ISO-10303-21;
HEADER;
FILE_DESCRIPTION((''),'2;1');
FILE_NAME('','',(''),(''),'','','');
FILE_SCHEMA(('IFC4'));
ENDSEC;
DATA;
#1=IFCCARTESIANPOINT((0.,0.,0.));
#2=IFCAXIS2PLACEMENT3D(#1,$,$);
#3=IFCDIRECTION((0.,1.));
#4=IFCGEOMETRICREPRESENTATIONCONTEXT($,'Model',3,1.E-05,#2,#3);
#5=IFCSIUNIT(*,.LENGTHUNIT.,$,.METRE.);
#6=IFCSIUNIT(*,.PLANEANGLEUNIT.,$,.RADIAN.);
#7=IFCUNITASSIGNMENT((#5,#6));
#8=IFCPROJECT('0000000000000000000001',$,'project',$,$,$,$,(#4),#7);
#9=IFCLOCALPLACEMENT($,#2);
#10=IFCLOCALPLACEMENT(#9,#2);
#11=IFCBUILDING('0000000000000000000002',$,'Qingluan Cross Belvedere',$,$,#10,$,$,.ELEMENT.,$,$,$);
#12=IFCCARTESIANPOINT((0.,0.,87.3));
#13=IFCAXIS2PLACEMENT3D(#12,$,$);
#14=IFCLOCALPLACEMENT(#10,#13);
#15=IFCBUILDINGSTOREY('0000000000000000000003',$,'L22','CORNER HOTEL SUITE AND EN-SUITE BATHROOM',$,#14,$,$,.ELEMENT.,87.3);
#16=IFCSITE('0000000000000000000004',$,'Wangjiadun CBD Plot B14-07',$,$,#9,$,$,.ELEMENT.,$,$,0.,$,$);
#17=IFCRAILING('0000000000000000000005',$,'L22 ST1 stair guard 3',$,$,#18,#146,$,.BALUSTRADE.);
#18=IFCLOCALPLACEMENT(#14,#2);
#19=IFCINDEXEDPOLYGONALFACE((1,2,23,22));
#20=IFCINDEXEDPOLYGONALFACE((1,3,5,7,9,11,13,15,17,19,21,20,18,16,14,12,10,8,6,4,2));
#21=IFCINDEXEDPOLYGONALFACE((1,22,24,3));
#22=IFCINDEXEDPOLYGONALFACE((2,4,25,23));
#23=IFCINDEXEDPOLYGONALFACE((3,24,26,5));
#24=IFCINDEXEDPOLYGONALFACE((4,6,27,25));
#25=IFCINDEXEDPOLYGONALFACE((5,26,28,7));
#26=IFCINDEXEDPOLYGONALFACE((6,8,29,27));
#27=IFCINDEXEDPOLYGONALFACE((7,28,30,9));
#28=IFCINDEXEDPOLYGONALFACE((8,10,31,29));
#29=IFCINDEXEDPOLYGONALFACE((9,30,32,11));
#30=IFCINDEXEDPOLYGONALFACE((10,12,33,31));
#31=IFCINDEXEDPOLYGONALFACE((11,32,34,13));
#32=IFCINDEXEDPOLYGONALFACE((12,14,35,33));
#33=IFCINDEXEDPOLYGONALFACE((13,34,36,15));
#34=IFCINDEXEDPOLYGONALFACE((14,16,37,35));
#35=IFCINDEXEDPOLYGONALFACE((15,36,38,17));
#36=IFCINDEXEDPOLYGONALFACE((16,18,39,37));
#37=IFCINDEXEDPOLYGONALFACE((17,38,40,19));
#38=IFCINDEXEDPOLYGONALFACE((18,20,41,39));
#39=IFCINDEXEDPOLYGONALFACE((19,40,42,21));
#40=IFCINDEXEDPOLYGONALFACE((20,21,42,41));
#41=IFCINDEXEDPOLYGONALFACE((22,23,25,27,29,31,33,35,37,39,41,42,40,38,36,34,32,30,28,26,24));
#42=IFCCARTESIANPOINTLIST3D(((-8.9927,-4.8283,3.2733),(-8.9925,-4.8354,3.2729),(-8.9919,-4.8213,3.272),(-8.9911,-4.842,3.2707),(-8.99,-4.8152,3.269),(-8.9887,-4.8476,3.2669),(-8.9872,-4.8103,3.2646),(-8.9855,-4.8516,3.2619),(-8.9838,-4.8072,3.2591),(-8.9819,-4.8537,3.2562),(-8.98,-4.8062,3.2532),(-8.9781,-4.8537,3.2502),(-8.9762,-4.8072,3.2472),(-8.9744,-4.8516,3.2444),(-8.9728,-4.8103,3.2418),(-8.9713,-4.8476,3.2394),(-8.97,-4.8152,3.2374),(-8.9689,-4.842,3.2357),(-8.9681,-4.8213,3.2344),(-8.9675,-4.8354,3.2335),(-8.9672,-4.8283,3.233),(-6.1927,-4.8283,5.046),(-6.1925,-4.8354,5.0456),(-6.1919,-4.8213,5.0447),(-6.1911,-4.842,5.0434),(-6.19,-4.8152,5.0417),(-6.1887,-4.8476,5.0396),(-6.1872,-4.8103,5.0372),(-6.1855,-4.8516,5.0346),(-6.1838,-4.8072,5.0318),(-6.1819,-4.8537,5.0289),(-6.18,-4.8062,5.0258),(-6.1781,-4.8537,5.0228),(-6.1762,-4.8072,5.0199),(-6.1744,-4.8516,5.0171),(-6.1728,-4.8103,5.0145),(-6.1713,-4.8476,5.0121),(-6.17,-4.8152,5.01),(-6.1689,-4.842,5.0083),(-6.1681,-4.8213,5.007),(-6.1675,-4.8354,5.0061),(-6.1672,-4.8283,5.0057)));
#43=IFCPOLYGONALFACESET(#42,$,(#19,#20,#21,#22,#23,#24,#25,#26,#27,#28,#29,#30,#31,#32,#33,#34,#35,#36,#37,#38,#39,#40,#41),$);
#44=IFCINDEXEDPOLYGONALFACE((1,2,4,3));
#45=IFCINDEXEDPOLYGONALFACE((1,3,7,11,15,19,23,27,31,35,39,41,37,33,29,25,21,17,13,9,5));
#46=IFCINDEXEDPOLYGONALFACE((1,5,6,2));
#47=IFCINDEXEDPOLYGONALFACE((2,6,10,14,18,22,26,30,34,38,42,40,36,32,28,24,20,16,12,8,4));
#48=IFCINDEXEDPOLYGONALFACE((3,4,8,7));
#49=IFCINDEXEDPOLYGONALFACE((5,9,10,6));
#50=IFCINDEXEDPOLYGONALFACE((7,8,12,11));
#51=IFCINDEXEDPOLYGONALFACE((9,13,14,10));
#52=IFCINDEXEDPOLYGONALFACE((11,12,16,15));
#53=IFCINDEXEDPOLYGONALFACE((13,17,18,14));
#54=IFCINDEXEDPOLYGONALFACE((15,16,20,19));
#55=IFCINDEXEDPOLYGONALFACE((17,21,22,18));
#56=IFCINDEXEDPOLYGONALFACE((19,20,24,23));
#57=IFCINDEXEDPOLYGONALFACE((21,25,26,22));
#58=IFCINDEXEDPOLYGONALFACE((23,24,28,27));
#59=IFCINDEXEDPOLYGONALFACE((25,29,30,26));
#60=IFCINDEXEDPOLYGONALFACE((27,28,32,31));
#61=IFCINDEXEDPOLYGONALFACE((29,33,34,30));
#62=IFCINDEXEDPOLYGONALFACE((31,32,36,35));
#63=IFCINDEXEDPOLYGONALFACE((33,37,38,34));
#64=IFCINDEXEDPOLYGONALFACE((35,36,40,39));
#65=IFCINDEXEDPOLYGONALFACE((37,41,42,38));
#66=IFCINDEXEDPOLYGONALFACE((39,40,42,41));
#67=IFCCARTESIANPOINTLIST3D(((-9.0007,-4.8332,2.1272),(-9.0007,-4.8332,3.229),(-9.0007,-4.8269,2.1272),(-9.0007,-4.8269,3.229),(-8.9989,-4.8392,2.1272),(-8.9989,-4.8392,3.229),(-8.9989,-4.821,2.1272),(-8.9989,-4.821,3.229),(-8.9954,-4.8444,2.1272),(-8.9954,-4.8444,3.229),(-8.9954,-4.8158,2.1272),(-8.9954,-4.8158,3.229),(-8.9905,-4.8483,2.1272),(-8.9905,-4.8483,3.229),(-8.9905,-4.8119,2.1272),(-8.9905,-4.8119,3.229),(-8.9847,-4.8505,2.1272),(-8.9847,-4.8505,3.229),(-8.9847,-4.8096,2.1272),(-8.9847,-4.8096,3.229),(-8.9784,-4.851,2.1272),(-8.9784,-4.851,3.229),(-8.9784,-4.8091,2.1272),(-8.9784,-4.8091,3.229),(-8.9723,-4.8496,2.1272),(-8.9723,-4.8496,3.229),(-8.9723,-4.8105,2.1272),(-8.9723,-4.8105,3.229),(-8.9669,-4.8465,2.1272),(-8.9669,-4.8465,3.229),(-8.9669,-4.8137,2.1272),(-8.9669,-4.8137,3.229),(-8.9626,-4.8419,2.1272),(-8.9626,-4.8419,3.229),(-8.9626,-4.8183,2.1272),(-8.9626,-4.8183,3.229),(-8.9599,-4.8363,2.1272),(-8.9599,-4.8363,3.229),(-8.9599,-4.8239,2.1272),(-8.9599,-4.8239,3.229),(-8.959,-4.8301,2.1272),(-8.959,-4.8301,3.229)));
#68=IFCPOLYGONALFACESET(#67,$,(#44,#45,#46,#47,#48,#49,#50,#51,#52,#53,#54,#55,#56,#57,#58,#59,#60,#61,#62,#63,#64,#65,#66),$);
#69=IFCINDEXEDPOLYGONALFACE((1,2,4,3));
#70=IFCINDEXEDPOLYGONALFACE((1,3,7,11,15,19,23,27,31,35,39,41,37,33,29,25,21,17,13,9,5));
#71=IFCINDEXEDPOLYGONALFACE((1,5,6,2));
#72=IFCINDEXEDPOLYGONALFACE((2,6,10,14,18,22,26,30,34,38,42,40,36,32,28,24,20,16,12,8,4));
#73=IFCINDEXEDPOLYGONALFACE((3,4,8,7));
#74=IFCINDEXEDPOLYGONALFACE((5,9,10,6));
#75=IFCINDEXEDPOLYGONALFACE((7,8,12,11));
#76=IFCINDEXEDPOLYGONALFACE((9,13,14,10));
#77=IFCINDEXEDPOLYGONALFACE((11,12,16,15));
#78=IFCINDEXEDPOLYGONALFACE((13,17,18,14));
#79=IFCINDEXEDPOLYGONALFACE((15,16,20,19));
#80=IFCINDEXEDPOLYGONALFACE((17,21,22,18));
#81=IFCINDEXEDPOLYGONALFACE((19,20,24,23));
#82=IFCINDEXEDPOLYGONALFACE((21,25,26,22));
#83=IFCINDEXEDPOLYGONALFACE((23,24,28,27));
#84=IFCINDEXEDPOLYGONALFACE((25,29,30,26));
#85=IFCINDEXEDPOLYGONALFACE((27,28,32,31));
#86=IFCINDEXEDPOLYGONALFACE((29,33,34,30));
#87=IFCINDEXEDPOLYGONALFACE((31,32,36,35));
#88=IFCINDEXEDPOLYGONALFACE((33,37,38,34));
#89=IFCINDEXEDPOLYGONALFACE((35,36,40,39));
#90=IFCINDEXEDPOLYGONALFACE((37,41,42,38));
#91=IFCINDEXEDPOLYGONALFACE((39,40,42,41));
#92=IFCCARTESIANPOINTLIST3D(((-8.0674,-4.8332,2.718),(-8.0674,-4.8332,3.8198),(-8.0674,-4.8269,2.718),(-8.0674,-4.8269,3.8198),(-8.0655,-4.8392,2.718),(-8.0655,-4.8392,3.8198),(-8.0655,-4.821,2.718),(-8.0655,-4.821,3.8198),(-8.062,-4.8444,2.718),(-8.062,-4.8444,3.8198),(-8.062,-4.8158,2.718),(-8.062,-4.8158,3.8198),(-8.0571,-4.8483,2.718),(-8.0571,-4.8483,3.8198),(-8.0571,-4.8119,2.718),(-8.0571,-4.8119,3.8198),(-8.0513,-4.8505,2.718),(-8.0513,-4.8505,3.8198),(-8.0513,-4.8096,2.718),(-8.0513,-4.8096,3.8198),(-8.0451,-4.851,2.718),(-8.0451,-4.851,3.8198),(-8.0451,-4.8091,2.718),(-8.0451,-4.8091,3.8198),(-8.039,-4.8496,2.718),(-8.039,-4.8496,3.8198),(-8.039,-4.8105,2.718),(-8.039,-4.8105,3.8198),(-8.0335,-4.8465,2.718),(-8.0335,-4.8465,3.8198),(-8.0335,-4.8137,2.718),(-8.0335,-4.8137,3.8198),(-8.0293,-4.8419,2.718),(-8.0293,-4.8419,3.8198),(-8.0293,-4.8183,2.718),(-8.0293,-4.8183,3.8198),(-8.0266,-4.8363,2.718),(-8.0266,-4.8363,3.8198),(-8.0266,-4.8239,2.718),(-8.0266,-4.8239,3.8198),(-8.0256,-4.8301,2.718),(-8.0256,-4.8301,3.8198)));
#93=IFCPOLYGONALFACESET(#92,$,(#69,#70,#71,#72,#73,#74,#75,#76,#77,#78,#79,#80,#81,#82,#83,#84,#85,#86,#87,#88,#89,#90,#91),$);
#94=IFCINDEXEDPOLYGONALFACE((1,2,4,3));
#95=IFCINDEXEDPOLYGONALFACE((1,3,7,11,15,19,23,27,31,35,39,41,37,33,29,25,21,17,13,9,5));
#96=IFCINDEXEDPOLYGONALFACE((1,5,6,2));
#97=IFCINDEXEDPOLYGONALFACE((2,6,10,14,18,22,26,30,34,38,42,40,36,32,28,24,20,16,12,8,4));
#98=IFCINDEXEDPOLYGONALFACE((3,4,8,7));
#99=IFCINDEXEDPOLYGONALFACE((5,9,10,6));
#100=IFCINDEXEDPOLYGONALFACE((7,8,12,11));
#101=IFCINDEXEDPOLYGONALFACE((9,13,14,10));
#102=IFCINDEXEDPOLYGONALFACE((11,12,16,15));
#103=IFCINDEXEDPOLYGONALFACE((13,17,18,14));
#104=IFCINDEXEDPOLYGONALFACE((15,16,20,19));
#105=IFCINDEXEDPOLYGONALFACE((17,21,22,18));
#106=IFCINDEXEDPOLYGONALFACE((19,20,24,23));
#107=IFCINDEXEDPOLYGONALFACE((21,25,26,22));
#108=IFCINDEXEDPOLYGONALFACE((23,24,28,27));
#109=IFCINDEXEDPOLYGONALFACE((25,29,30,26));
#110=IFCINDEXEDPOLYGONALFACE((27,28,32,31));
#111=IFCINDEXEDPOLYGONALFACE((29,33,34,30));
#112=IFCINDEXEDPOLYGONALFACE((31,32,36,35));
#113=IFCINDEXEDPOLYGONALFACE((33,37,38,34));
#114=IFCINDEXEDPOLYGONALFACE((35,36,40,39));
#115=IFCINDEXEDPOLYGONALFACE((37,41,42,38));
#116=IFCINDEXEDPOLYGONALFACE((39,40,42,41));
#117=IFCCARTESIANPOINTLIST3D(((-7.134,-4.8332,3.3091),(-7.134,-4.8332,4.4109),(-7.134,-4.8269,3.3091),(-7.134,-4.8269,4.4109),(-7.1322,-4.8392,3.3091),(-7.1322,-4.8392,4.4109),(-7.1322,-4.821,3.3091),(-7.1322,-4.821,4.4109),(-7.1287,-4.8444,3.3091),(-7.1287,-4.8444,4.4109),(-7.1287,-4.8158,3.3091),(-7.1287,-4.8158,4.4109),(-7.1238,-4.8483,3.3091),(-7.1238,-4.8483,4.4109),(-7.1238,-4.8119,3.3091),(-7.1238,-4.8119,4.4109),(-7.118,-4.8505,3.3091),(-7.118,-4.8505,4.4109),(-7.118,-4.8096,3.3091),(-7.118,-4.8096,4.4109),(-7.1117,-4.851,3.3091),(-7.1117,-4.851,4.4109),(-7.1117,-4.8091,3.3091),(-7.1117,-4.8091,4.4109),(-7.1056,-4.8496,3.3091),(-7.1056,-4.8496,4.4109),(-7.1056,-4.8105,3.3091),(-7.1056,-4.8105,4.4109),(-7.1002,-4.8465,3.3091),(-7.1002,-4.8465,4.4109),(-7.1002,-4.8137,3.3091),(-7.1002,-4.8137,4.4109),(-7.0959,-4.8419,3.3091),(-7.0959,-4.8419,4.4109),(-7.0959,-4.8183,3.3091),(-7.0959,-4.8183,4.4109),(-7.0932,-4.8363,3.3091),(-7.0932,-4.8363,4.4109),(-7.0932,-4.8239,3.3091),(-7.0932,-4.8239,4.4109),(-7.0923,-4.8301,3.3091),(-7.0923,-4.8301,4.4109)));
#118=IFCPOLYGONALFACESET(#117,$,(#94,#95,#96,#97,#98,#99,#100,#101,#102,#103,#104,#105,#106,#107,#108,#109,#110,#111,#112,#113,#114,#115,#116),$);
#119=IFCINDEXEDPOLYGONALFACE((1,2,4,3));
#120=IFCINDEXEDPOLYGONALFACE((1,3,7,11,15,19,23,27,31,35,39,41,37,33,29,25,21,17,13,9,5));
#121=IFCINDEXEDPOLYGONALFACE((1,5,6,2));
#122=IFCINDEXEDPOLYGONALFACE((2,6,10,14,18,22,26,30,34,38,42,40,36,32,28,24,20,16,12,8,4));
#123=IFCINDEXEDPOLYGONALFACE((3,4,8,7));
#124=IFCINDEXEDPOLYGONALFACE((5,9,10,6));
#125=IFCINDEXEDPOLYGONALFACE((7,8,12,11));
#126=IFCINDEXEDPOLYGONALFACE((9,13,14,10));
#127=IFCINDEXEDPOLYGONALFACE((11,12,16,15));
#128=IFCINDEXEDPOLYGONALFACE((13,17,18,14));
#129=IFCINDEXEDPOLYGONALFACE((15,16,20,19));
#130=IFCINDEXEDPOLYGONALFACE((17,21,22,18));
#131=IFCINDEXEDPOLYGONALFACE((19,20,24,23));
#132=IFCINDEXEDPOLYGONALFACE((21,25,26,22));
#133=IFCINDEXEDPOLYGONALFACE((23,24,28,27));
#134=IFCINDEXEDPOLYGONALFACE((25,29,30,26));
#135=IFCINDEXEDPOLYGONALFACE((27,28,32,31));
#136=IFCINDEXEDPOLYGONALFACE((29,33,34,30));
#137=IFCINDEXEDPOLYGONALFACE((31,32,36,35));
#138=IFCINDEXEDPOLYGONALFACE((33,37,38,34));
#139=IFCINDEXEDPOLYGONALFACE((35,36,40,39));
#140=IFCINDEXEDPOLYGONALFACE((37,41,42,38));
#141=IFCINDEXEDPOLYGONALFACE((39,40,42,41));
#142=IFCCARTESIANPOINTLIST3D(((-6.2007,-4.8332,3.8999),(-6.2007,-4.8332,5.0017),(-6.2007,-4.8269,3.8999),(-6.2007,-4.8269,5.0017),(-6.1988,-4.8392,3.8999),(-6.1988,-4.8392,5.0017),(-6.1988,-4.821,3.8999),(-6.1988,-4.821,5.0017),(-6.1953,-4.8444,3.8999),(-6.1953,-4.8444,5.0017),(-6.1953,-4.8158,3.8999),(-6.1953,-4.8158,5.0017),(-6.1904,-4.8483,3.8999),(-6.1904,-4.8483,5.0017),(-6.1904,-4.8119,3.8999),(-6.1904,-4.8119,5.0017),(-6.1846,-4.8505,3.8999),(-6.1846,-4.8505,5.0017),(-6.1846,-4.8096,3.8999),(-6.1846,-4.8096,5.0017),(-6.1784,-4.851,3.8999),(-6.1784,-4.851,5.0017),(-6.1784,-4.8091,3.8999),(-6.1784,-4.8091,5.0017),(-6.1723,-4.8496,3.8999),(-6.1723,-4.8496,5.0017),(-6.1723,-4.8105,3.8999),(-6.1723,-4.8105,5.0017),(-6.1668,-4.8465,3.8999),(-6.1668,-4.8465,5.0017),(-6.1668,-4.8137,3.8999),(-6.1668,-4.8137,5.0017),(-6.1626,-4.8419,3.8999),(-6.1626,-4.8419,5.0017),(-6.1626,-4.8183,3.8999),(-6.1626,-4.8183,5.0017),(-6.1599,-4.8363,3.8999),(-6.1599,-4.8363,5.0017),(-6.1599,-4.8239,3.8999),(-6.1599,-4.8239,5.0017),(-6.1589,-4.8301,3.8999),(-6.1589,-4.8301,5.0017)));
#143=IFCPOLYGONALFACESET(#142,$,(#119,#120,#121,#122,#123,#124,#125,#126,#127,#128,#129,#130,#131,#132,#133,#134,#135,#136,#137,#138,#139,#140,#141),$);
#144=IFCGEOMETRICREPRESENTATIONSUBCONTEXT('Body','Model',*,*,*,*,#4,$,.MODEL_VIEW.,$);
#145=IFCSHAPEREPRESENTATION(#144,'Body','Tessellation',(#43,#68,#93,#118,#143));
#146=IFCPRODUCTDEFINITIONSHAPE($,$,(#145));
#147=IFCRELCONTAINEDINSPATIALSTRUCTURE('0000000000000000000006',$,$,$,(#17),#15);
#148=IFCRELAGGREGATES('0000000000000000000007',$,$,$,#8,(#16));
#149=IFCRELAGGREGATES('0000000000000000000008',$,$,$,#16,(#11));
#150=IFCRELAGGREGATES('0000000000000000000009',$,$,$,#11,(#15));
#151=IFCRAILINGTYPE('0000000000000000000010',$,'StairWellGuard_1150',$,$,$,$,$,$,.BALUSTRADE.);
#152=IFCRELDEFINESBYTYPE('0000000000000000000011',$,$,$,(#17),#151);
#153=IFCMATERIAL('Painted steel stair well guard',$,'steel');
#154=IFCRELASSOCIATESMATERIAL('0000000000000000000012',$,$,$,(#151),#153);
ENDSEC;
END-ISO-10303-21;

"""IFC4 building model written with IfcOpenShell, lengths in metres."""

from ifc_helpers import new_model, si_unit, direction, frame, origin, origin_2d, place, context, subcontext, project, spatial, circle, extrude, material, type_object, element, save


model = new_model("IFC4")

# Units and contexts
model_context = context("Model", 3, precision=1e-05, world=origin(), true_north=direction((0.0, 1.0)))
body_context = subcontext(model_context, "Body", "Model", "MODEL_VIEW")
ifc_project = project(units=[si_unit("LENGTHUNIT", "METRE"), si_unit("PLANEANGLEUNIT", "RADIAN")], contexts=[model_context])

# Site, building, storey
site_placement = place(None, origin())
site = spatial("IfcSite", under=ifc_project, at=site_placement, Name="Wangjiadun CBD Plot B14-07", CompositionType="ELEMENT", RefElevation=0.0)
building_placement = place(site_placement, origin())
building = spatial("IfcBuilding", under=site, at=building_placement, Name="Qingluan Cross Belvedere", CompositionType="ELEMENT")
storey_placement = place(building_placement, frame((0.0, 0.0, 87.3)))
storey = spatial("IfcBuildingStorey", under=building, at=storey_placement, Name="L22", Description="CORNER HOTEL SUITE AND EN-SUITE BATHROOM", CompositionType="ELEMENT", Elevation=87.3)

# Railing
ifc_material_1 = material(Name="Painted steel stair well guard", Category="steel")
railing_type_1 = type_object("IfcRailingType", Name="StairWellGuard_1150", PredefinedType="BALUSTRADE", material=ifc_material_1)
railing_1_placement = place(storey_placement, frame((-8.98, -4.8301, 2.1272)))
element("IfcRailing", 1, at=railing_1_placement, inside=storey, type_object=railing_type_1, Name="L22 ST1 stair guard 3", PredefinedType="BALUSTRADE", context=body_context, shape_type="SweptSolid", body=[
    extrude(circle(Radius=0.0239, at=origin_2d()), frame((0.0, 0.0, 1.126), z_axis=(0.844909, 0.0, 0.53491), x_axis=(0.0, 1.0, 0.0)), (0.0, 0.0, 1.0), 3.314),
    extrude(circle(Radius=0.021, at=origin_2d()), origin(), (0.0, 0.0, 1.0), 1.1018),
    extrude(circle(Radius=0.021, at=origin_2d()), frame((0.9333, 0.0, 0.5908)), (0.0, 0.0, 1.0), 1.1018),
    extrude(circle(Radius=0.021, at=origin_2d()), frame((1.8667, 0.0, 1.1819)), (0.0, 0.0, 1.0), 1.1018),
    extrude(circle(Radius=0.021, at=origin_2d()), frame((2.8, 0.0, 1.7727)), (0.0, 0.0, 1.0), 1.1018),
])

save(model, "model.ifc")
